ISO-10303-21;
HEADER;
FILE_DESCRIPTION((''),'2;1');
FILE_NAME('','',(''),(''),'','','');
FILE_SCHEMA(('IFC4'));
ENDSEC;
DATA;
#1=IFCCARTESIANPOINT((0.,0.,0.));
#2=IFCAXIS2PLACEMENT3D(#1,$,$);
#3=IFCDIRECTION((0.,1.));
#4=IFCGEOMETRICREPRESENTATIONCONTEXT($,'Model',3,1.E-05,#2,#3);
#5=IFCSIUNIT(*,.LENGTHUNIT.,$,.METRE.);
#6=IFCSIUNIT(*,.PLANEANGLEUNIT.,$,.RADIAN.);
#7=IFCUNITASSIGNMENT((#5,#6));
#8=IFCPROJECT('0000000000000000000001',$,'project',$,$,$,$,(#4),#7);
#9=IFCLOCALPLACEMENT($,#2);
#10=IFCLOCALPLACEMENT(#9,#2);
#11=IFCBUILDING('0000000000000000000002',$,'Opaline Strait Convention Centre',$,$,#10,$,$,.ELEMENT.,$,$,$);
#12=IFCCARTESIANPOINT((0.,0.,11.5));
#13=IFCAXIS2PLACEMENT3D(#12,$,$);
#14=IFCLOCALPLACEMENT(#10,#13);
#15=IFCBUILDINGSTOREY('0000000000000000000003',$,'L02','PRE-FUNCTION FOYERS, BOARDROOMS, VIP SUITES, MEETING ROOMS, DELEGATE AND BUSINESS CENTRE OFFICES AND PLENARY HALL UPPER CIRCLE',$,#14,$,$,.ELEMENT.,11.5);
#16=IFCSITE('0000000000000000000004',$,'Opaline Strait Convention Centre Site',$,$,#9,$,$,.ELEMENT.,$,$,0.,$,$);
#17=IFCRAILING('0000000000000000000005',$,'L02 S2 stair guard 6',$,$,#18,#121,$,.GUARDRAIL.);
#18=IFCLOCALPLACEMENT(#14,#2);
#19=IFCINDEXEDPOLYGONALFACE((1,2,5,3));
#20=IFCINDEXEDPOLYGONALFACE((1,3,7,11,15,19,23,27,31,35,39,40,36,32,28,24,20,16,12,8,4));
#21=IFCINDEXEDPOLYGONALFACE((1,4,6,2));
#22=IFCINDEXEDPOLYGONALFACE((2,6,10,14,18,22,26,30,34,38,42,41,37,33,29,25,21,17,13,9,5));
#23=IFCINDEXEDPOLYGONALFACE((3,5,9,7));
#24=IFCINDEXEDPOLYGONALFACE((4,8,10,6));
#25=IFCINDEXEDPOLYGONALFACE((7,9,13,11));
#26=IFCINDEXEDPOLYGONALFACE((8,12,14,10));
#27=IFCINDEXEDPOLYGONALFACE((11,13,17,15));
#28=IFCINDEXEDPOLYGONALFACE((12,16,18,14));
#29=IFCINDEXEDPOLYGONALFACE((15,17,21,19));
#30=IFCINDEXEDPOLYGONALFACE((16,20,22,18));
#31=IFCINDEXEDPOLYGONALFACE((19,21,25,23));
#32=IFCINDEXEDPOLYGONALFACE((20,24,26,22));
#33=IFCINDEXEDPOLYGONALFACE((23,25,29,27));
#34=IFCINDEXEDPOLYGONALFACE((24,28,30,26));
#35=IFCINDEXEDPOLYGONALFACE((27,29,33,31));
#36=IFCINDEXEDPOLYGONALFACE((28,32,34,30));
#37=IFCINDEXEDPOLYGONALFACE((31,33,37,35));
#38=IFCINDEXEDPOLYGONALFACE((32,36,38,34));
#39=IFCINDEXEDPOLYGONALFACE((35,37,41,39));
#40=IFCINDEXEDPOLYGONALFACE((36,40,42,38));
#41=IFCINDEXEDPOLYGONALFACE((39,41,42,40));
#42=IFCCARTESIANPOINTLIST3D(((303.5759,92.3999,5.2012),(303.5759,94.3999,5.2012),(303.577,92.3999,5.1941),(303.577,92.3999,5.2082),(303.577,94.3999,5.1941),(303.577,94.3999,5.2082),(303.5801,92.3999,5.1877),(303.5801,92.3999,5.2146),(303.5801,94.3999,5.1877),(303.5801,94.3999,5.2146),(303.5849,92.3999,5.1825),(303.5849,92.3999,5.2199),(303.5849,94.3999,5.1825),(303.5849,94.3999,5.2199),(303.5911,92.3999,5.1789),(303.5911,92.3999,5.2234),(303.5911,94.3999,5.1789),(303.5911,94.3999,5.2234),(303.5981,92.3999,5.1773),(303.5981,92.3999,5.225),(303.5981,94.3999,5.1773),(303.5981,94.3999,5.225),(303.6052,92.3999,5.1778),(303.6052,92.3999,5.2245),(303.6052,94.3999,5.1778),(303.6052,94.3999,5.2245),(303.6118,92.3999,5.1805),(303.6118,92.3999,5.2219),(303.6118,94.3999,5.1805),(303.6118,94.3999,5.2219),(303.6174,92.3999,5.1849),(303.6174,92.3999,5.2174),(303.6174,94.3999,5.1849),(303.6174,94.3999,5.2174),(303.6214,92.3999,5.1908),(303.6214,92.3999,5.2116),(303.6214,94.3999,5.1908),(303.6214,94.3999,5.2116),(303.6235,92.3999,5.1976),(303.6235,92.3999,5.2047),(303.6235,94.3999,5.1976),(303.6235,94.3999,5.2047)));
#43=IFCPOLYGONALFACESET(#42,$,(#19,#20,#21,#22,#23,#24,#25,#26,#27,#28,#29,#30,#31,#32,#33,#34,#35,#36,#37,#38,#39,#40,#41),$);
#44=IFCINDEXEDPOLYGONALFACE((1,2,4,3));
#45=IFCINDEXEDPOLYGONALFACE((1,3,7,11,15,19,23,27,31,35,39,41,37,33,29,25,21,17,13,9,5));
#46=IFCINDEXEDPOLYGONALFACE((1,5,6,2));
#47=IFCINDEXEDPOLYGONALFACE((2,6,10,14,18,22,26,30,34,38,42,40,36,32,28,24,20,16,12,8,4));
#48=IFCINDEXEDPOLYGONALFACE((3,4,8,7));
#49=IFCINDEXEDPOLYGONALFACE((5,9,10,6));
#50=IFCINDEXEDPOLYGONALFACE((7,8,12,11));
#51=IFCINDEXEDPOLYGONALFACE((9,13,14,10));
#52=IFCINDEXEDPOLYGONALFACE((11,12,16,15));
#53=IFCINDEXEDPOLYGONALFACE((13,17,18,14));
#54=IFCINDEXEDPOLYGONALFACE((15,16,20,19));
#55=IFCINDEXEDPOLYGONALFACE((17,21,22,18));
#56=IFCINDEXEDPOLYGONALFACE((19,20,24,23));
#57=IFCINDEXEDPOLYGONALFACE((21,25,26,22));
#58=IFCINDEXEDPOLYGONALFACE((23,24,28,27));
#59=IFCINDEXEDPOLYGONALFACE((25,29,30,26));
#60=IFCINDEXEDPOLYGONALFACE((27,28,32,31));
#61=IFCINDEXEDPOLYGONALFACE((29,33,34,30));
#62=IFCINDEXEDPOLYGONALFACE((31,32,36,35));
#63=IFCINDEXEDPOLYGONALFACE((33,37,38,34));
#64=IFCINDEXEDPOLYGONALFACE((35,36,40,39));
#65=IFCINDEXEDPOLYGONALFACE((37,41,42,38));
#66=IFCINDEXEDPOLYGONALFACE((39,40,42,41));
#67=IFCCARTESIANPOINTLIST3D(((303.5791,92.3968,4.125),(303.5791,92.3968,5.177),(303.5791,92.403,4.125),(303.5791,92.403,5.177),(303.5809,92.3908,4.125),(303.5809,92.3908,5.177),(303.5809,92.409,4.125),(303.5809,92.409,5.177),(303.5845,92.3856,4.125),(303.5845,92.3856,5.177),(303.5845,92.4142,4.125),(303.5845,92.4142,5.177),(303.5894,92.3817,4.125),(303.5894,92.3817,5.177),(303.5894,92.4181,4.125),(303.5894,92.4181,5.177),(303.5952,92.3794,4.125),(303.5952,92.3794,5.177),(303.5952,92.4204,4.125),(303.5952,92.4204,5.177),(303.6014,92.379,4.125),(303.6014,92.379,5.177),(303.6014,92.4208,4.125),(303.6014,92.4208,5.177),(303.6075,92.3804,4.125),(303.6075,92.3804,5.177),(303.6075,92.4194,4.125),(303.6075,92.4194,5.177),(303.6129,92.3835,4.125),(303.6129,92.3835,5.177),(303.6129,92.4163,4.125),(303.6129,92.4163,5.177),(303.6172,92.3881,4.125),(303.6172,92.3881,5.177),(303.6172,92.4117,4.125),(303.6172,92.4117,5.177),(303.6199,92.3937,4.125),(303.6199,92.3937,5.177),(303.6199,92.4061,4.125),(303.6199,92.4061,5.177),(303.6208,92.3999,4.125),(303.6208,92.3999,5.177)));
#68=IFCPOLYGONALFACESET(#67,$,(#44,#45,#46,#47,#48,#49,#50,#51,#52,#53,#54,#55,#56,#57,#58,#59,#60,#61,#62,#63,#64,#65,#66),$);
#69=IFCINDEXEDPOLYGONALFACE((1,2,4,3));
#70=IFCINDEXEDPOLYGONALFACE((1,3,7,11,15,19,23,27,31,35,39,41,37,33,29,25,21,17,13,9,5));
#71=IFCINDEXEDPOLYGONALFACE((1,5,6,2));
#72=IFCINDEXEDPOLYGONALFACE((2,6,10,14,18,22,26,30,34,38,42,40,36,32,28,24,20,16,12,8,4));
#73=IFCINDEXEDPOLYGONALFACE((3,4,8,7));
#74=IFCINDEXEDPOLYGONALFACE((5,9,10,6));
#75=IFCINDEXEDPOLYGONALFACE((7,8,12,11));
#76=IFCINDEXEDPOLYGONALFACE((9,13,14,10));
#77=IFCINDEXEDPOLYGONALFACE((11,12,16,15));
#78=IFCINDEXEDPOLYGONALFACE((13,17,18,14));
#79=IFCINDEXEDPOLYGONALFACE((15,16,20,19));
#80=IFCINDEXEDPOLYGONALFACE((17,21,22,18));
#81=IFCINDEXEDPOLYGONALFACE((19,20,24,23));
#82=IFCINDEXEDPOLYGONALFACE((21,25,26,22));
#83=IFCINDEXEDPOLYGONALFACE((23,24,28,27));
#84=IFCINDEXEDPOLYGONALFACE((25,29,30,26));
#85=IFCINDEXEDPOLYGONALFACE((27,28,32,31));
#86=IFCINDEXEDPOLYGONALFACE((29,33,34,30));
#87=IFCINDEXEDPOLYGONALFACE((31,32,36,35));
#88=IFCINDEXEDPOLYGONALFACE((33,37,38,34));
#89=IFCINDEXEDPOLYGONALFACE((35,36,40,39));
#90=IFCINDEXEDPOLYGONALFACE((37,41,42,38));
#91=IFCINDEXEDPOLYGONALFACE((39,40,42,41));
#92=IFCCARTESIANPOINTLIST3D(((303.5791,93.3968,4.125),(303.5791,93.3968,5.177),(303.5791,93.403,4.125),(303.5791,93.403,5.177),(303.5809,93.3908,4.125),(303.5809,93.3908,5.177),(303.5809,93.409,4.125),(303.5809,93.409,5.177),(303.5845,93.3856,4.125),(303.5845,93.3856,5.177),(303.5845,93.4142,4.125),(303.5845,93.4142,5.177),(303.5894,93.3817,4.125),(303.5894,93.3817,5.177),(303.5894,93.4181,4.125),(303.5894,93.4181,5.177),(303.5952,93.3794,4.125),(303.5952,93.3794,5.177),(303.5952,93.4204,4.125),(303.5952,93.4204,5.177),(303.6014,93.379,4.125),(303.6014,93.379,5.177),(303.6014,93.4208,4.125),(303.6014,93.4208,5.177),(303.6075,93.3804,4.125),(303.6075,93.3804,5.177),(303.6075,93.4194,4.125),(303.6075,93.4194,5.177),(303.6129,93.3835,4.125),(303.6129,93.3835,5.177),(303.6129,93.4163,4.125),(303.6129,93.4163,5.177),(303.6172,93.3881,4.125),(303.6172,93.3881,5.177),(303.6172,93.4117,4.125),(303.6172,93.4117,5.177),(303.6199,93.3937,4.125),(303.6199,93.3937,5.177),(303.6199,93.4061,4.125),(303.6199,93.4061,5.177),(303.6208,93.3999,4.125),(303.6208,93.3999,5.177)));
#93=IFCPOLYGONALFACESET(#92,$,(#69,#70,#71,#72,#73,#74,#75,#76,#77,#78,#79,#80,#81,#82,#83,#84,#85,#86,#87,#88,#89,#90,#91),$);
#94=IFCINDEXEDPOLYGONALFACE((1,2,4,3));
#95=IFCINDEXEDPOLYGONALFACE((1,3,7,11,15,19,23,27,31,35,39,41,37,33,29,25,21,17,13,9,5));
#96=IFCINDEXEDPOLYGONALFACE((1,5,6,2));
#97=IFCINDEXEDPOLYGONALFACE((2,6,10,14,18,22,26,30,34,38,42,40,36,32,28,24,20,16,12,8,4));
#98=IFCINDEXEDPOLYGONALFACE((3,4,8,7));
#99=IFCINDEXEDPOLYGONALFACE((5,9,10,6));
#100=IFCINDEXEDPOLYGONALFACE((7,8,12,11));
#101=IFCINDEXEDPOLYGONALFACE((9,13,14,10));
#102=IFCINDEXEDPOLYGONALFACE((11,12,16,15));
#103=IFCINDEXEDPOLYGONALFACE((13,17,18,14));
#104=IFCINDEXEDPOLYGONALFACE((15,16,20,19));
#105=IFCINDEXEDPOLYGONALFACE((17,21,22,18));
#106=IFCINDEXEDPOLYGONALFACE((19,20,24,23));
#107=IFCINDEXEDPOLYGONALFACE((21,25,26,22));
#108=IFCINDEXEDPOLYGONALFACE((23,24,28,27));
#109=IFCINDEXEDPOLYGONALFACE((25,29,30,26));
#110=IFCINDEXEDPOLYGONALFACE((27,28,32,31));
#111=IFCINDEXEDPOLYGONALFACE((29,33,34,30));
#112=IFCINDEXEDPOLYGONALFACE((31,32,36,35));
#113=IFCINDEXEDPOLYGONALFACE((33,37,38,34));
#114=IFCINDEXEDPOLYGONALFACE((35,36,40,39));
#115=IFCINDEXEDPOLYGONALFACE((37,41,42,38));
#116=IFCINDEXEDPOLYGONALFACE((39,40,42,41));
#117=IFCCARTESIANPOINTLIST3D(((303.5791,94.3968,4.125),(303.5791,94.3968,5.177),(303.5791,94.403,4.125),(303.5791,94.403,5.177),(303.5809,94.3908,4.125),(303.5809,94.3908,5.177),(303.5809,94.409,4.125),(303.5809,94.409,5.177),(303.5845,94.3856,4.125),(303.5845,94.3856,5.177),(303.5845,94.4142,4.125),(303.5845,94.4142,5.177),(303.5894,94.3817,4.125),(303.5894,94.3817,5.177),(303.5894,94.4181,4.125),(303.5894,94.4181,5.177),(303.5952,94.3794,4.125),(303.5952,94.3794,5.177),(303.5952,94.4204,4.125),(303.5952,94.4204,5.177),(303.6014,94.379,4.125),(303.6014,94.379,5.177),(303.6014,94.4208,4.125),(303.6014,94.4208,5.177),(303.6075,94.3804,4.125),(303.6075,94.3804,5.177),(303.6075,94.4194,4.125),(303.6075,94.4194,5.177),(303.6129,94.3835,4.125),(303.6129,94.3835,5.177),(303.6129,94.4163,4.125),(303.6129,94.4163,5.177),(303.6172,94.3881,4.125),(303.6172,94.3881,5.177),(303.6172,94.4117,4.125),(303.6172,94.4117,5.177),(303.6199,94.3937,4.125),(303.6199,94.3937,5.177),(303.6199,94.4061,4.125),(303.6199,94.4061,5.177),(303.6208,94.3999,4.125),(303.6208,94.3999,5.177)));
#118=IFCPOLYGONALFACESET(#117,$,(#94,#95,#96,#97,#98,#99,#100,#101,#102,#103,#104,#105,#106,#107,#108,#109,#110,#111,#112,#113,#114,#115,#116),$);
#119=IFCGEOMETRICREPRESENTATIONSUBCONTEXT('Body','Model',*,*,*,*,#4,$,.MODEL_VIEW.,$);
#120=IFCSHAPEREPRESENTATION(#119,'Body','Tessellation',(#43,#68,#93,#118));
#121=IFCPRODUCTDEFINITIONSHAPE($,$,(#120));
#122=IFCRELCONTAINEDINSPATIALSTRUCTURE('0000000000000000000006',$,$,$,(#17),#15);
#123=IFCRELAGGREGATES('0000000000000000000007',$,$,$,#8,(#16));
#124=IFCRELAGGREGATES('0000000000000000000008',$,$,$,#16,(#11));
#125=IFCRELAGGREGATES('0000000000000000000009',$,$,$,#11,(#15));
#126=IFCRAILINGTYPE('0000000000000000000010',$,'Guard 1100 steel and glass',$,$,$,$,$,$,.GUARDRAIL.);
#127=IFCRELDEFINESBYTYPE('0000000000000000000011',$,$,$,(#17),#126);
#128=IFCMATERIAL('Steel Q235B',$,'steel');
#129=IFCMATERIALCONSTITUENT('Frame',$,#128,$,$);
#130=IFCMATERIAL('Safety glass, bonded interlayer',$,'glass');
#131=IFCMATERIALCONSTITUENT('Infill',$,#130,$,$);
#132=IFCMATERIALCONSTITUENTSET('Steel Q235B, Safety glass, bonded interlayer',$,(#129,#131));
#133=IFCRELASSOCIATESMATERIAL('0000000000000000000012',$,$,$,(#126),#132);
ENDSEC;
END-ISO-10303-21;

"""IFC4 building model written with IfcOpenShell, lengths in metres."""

from ifc_helpers import new_model, si_unit, direction, frame, origin, origin_2d, place, context, subcontext, project, spatial, circle, extrude, material, constituent, constituent_set, type_object, element, save


model = new_model("IFC4")

# Units and contexts
model_context = context("Model", 3, precision=1e-05, world=origin(), true_north=direction((0.0, 1.0)))
body_context = subcontext(model_context, "Body", "Model", "MODEL_VIEW")
ifc_project = project(units=[si_unit("LENGTHUNIT", "METRE"), si_unit("PLANEANGLEUNIT", "RADIAN")], contexts=[model_context])

# Site, building, storey
site_placement = place(None, origin())
site = spatial("IfcSite", under=ifc_project, at=site_placement, Name="Opaline Strait Convention Centre Site", CompositionType="ELEMENT", RefElevation=0.0)
building_placement = place(site_placement, origin())
building = spatial("IfcBuilding", under=site, at=building_placement, Name="Opaline Strait Convention Centre", CompositionType="ELEMENT")
storey_placement = place(building_placement, frame((0.0, 0.0, 11.5)))
storey = spatial("IfcBuildingStorey", under=building, at=storey_placement, Name="L02", Description="PRE-FUNCTION FOYERS, BOARDROOMS, VIP SUITES, MEETING ROOMS, DELEGATE AND BUSINESS CENTRE OFFICES AND PLENARY HALL UPPER CIRCLE", CompositionType="ELEMENT", Elevation=11.5)

# Shared definitions
ifc_material_1 = material(Name="Steel Q235B", Category="steel")

# Railing
ifc_constituent_1 = constituent(ifc_material_1, Name="Frame")
ifc_material_2 = material(Name="Safety glass, bonded interlayer", Category="glass")
ifc_constituent_2 = constituent(ifc_material_2, Name="Infill")
ifc_constituent_set = constituent_set(constituents=[ifc_constituent_1, ifc_constituent_2], Name="Steel Q235B, Safety glass, bonded interlayer")
railing_type_1 = type_object("IfcRailingType", Name="Guard 1100 steel and glass", PredefinedType="GUARDRAIL", material=ifc_constituent_set)
for number, where, name in (
    (1, (303.5999, 92.3999, 4.125), "L02 S2 stair guard 6"),
):
    element("IfcRailing", number, at=place(storey_placement, frame(where)), inside=storey, type_object=railing_type_1, Name=name, PredefinedType="GUARDRAIL", context=body_context, shape_type="SweptSolid", body=[
        extrude(circle(Radius=0.0239, at=origin_2d()), frame((0.0, 0.0, 1.0762), z_axis=(0.0, 1.0, 0.0), x_axis=(-1.0, 0.0, 0.0)), (0.0, 0.0, 1.0), 2.0),
        extrude(circle(Radius=0.021, at=origin_2d()), origin(), (0.0, 0.0, 1.0), 1.052),
        extrude(circle(Radius=0.021, at=origin_2d()), frame((0.0, 1.0, 0.0)), (0.0, 0.0, 1.0), 1.052),
        extrude(circle(Radius=0.021, at=origin_2d()), frame((0.0, 2.0, 0.0)), (0.0, 0.0, 1.0), 1.052),
    ])

save(model, "model.ifc")
